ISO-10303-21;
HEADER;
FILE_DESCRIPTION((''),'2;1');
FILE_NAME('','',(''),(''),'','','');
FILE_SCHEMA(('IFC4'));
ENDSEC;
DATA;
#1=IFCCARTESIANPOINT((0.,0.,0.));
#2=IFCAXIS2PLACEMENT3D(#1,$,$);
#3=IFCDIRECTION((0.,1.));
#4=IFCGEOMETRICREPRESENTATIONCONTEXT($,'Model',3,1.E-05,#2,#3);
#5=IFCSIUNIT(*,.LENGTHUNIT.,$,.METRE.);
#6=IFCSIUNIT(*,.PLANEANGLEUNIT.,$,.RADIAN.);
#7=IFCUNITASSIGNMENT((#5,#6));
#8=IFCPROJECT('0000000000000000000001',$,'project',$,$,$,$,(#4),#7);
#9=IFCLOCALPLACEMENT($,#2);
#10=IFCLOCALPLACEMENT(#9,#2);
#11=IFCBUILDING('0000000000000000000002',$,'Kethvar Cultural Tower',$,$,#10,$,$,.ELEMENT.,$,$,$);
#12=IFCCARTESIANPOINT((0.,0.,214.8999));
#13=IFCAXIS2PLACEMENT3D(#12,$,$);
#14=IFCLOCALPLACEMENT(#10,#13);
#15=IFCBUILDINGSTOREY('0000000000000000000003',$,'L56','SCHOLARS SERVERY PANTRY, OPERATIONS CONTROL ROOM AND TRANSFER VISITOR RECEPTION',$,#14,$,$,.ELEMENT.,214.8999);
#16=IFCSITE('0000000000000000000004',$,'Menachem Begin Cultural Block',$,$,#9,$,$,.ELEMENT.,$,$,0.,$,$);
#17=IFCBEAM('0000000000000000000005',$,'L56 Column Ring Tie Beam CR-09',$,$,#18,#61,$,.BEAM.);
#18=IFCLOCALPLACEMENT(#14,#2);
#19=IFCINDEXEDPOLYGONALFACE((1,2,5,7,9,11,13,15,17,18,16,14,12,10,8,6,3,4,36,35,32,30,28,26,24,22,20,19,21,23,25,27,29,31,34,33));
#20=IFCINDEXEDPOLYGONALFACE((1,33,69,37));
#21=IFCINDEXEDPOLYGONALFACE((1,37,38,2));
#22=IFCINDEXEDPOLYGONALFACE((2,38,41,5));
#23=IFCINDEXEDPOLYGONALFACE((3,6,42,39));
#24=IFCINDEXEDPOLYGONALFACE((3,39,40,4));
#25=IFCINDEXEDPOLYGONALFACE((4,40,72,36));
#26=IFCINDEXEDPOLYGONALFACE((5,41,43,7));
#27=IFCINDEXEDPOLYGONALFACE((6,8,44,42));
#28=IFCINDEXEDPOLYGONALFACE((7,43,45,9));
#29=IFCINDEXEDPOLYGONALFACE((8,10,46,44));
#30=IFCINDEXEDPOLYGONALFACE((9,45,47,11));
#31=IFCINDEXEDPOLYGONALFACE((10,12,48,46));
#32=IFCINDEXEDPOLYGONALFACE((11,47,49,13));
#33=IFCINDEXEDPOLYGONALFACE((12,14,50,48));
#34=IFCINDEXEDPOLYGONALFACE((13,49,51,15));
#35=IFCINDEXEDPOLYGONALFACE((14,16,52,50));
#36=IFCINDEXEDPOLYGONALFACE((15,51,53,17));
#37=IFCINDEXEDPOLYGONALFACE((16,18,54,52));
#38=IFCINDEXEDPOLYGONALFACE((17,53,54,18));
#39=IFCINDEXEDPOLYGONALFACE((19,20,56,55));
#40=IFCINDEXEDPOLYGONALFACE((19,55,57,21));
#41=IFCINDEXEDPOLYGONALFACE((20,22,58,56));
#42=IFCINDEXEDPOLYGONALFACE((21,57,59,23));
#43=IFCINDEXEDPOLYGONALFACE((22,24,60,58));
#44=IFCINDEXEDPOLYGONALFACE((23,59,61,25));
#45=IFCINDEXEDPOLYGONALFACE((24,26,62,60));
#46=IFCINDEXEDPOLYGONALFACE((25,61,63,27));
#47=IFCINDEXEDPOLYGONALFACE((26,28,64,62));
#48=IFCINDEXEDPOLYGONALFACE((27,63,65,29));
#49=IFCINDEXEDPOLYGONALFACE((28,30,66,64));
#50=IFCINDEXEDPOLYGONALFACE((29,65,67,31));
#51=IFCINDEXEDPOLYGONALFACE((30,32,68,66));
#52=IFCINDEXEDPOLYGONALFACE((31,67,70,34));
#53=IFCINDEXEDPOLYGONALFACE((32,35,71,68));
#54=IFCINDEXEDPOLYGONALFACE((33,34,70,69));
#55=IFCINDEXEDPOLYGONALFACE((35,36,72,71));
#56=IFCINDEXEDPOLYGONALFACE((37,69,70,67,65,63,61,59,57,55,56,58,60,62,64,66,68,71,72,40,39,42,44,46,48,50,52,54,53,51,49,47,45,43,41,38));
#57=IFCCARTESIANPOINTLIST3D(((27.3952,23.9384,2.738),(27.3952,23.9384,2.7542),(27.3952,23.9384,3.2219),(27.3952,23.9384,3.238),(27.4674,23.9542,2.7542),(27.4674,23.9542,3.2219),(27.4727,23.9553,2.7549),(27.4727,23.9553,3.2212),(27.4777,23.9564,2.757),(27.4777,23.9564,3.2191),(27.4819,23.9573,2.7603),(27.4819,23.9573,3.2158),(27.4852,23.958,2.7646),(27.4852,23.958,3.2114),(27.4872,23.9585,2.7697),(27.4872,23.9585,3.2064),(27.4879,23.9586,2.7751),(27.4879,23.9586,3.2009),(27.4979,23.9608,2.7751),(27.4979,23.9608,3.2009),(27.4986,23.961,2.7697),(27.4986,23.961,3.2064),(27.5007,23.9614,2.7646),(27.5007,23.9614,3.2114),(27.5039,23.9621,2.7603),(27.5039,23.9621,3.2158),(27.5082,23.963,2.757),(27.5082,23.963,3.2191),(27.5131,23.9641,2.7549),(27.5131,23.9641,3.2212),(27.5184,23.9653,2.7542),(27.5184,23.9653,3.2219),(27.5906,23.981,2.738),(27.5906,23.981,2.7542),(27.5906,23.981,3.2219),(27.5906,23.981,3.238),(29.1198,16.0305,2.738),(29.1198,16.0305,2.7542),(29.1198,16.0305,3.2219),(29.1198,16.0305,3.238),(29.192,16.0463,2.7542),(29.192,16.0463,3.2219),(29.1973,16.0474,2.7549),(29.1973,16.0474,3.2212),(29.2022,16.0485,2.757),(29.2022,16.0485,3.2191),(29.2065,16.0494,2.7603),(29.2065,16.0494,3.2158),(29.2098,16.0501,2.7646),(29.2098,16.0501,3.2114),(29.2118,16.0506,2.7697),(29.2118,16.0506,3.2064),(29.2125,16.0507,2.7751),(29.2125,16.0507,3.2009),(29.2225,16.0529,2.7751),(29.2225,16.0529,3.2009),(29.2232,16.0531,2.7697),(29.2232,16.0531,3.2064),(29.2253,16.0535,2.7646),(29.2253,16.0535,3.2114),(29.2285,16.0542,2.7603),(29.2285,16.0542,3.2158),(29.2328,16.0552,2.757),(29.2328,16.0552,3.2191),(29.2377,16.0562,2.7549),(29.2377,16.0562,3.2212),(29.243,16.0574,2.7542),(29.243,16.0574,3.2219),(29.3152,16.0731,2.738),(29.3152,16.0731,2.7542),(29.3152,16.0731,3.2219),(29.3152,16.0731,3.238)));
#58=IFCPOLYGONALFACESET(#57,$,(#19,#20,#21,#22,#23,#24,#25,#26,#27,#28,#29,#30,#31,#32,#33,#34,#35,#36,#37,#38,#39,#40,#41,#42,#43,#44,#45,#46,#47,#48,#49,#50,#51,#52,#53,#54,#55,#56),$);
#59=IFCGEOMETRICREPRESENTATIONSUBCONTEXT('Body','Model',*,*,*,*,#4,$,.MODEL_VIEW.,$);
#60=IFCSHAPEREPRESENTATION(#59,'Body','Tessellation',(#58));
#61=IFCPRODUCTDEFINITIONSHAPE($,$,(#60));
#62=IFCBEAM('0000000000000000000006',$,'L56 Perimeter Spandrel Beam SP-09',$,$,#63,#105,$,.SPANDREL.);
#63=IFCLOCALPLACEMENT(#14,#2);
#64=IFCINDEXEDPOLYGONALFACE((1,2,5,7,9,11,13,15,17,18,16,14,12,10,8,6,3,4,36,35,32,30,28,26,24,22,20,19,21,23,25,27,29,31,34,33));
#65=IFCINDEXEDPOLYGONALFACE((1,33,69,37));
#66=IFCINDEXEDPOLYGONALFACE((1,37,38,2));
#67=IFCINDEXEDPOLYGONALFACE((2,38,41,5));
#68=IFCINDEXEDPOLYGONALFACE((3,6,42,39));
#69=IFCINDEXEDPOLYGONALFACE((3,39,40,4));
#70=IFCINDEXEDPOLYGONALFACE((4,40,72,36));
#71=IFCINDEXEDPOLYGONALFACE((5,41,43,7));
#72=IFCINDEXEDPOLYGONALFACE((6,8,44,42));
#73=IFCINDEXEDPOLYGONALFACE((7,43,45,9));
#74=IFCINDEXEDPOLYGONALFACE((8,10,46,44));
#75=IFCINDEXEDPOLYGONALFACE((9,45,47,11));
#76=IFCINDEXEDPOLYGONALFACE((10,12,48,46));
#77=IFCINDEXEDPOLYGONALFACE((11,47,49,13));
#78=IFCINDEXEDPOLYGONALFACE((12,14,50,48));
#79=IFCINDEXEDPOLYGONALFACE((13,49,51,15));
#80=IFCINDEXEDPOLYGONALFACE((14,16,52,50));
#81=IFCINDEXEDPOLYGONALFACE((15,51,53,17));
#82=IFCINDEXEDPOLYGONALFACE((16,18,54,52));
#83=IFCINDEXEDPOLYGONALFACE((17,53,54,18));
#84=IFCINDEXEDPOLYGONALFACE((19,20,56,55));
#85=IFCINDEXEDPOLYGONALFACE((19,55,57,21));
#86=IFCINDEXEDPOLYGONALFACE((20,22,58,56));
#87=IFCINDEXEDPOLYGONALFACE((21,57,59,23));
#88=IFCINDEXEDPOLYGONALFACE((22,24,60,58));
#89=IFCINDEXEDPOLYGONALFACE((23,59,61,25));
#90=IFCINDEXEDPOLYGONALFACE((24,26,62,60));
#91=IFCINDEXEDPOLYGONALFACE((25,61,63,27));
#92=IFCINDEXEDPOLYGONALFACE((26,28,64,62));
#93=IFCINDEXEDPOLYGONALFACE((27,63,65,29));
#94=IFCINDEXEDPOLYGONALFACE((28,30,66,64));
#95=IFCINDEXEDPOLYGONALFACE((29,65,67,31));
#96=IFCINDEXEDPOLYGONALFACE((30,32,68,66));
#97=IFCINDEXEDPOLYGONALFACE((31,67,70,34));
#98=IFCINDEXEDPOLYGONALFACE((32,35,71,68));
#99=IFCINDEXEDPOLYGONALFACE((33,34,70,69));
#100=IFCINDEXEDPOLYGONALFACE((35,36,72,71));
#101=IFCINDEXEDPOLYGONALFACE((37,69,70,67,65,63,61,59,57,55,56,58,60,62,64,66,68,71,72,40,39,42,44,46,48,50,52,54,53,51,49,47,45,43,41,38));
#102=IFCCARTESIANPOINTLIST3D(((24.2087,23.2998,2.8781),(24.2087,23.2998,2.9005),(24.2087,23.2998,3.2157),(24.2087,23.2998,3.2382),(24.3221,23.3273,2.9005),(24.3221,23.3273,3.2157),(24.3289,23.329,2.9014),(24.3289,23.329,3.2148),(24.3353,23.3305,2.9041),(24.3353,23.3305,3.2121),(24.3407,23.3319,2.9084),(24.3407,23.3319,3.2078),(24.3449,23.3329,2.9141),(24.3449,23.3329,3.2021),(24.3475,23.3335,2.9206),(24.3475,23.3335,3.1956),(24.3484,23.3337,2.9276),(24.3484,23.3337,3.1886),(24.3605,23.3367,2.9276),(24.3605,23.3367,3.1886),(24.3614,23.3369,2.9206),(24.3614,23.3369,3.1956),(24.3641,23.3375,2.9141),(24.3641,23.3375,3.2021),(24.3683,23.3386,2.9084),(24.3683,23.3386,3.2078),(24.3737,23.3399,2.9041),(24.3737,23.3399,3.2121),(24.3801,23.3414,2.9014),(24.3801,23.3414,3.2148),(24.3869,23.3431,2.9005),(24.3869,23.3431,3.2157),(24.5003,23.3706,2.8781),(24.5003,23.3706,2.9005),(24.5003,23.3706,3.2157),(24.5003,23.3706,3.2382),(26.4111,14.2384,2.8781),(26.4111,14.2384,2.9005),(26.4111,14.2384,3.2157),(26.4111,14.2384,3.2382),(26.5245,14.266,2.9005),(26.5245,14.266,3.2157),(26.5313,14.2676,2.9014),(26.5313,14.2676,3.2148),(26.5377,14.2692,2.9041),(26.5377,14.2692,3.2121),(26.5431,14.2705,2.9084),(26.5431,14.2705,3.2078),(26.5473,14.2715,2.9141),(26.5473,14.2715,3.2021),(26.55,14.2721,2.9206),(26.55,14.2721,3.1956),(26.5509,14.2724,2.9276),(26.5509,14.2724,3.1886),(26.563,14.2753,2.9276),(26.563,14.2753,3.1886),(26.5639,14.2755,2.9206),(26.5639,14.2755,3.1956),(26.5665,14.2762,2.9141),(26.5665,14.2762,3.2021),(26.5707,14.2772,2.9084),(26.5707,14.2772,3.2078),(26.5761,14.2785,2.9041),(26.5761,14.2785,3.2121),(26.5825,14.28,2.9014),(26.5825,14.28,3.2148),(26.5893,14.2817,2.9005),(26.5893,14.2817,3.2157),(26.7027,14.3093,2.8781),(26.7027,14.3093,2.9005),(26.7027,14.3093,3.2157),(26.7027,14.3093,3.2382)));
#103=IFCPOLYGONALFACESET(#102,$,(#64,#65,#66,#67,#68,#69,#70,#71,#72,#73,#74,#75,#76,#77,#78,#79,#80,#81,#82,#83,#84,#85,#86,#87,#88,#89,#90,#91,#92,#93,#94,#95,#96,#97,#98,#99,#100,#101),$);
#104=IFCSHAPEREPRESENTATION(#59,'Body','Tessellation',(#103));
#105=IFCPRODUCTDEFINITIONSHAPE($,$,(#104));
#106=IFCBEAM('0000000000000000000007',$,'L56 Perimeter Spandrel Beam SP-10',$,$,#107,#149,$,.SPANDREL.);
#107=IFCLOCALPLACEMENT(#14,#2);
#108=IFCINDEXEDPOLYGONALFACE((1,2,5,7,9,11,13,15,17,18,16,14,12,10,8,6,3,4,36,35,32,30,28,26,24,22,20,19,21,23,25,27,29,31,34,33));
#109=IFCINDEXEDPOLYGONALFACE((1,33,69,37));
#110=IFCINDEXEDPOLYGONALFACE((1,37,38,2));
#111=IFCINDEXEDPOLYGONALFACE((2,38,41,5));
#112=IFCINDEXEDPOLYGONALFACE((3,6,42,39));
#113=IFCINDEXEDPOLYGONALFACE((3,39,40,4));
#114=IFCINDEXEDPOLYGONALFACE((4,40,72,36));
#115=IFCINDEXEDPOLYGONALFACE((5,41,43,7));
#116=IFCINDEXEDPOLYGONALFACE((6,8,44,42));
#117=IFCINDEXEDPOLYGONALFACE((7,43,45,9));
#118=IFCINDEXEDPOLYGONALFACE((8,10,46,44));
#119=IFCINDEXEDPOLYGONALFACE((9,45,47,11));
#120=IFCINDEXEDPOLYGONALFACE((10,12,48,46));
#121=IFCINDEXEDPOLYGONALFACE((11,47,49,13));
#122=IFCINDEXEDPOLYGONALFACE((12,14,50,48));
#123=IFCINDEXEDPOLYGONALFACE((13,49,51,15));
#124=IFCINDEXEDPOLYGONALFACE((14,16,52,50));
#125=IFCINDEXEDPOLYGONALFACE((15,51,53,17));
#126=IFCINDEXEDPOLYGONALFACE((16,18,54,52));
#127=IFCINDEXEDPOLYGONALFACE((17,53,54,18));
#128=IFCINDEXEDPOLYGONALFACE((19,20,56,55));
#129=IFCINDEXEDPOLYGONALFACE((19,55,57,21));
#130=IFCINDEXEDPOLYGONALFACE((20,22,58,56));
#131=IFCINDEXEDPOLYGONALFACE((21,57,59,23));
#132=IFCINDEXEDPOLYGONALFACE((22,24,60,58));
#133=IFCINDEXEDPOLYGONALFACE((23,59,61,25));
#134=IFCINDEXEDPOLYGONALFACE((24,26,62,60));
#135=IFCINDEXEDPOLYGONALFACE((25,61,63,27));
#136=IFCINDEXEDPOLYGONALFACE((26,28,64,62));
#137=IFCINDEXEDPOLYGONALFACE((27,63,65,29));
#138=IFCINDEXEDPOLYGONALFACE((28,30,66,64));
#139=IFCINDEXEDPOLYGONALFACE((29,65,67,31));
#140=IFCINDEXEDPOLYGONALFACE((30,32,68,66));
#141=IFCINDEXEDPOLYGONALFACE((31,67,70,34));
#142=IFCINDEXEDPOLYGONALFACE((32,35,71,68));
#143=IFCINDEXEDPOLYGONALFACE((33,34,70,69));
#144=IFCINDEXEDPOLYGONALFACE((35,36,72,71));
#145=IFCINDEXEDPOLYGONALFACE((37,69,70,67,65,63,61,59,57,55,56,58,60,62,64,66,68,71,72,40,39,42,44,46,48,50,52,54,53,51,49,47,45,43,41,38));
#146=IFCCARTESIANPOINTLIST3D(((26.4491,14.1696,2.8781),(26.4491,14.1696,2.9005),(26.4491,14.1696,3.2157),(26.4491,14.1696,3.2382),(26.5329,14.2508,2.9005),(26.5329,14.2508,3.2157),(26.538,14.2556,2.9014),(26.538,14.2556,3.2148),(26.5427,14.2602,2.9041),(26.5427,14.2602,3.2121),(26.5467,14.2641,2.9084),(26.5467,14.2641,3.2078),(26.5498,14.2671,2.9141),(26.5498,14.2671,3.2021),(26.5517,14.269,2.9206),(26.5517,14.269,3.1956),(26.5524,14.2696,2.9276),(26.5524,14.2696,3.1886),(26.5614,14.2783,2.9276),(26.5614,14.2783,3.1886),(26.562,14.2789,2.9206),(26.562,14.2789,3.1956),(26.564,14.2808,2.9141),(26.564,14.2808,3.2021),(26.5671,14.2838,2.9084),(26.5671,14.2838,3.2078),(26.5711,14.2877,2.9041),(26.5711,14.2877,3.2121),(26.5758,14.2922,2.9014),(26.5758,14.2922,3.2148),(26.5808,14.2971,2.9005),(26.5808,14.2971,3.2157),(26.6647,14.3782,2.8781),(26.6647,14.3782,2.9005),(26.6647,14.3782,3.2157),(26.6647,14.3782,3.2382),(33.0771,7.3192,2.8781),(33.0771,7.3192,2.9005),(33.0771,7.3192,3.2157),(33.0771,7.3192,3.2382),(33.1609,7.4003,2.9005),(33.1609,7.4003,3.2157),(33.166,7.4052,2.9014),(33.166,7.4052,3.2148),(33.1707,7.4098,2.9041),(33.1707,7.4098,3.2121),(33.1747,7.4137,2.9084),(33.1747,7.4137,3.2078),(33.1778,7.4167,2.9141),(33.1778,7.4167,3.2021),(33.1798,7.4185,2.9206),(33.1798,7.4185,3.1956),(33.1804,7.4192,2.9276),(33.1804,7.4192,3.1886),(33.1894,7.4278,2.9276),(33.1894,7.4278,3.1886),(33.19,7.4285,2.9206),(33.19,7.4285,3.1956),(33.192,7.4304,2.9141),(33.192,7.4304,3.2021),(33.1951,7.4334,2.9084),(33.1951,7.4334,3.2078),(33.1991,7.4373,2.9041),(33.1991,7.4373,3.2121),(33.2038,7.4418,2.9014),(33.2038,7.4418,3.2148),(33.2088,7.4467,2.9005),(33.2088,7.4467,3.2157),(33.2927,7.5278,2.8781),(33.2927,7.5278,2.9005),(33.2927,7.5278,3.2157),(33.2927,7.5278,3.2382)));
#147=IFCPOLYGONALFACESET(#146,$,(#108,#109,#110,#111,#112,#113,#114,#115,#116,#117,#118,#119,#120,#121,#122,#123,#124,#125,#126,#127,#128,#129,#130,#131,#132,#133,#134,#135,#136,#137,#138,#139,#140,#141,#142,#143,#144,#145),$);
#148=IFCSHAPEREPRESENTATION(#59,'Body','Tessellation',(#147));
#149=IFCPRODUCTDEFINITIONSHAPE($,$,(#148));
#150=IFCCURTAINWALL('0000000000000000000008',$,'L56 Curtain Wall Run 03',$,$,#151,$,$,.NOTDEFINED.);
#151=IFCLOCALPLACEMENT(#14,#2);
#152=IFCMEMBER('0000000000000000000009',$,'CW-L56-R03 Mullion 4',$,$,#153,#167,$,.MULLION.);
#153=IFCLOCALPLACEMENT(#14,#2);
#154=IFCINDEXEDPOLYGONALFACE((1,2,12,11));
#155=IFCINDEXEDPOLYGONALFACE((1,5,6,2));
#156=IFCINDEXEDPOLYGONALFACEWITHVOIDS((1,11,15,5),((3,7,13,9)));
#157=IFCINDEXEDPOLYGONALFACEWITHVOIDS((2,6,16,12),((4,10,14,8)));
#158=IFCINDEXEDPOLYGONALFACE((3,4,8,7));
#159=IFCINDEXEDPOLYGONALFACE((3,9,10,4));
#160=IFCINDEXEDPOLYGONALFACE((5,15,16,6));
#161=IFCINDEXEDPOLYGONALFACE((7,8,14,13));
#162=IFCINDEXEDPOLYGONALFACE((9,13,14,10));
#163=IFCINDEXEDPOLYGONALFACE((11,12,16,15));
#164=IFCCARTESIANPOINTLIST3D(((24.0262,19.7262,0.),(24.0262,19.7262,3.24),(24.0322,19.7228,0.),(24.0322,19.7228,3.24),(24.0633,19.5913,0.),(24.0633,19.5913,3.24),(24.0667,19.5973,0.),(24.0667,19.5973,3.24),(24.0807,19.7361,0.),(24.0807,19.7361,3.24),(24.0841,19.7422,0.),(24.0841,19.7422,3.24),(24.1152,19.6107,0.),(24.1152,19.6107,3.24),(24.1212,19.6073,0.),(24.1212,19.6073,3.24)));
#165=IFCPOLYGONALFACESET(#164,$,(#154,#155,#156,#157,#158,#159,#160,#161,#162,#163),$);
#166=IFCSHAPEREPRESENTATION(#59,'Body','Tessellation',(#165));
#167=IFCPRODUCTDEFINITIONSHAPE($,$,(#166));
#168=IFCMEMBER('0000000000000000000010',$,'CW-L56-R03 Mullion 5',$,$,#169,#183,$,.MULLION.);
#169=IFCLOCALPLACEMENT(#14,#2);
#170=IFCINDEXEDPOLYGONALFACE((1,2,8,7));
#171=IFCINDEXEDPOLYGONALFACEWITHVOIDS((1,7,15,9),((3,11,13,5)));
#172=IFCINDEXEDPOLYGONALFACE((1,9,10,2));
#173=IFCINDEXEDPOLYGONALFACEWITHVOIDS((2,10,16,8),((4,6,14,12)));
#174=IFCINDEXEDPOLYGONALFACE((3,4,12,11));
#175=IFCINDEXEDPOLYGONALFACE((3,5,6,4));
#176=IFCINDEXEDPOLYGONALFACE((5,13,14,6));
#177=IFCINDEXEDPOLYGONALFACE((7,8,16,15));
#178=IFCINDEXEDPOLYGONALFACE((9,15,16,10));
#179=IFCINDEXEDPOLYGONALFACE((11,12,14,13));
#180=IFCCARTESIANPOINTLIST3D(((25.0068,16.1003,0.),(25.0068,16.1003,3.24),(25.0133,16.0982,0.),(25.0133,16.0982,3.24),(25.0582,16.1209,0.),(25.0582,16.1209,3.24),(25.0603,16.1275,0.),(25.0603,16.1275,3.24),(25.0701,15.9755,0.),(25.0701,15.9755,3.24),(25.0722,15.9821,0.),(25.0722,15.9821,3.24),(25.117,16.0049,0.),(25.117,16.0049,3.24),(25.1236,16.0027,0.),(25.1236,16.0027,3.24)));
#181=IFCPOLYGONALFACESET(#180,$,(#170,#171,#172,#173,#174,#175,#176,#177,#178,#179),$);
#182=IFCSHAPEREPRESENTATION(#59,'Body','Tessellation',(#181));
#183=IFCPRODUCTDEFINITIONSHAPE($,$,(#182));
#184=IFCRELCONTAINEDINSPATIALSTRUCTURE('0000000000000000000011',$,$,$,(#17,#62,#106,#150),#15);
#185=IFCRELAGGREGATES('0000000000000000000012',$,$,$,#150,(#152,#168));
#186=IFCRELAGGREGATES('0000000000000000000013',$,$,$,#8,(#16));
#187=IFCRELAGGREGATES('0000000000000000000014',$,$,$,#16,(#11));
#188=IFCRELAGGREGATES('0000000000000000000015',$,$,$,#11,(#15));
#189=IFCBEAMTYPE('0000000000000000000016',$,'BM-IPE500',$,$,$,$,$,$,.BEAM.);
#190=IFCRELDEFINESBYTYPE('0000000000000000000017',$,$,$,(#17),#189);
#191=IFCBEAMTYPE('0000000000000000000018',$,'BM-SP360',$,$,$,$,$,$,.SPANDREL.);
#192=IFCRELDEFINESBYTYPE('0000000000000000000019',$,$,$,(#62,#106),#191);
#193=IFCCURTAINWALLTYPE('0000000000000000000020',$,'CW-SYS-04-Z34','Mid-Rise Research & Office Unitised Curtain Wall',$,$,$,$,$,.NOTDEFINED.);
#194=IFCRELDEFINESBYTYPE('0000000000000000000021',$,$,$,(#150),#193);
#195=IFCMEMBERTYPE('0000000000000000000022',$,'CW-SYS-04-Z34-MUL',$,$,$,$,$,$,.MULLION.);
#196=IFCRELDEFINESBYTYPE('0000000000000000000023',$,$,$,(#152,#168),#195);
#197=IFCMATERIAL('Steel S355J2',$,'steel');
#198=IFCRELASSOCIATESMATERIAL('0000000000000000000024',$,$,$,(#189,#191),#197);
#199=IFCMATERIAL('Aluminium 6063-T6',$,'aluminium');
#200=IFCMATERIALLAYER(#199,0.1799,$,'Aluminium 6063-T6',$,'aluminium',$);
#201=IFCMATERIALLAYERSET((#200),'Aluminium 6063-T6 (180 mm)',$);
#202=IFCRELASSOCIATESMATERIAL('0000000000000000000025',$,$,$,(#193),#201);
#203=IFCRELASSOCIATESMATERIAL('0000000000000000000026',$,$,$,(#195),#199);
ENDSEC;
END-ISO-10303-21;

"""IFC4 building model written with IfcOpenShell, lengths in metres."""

from ifc_helpers import new_model, si_unit, direction, frame, origin, origin_2d, place, context, subcontext, project, spatial, hollow_rectangle, i_section, extrude, source, transform, mapped, material, layer, layer_set, material_profile, profile_set, type_object, element, aggregate, save


model = new_model("IFC4")

# Units and contexts
model_context = context("Model", 3, precision=1e-05, world=origin(), true_north=direction((0.0, 1.0)))
body_context = subcontext(model_context, "Body", "Model", "MODEL_VIEW")
ifc_project = project(units=[si_unit("LENGTHUNIT", "METRE"), si_unit("PLANEANGLEUNIT", "RADIAN")], contexts=[model_context])

# Site, building, storey
site_placement = place(None, origin())
site = spatial("IfcSite", under=ifc_project, at=site_placement, Name="Menachem Begin Cultural Block", CompositionType="ELEMENT", RefElevation=0.0)
building_placement = place(site_placement, origin())
building = spatial("IfcBuilding", under=site, at=building_placement, Name="Kethvar Cultural Tower", CompositionType="ELEMENT")
storey_placement = place(building_placement, frame((0.0, 0.0, 214.8999)))
storey = spatial("IfcBuildingStorey", under=building, at=storey_placement, Name="L56", Description="SCHOLARS SERVERY PANTRY, OPERATIONS CONTROL ROOM AND TRANSFER VISITOR RECEPTION", CompositionType="ELEMENT", Elevation=214.8999)

# Beams
ifc_material_1 = material(Name="Steel S355J2", Category="steel")
ifc_material_profile_1 = material_profile(ifc_material_1, i_section(OverallWidth=0.2, OverallDepth=0.5, WebThickness=0.0103, FlangeThickness=0.0161, FilletRadius=0.021, at=origin_2d()), Name="Steel S355J2 — IPE500")
ifc_profile_set_1 = profile_set([ifc_material_profile_1], Name="Steel S355J2 — IPE500")
beam_type_1 = type_object("IfcBeamType", Name="BM-IPE500", PredefinedType="BEAM", material=ifc_profile_set_1)
shared_shape_1 = source(origin(), body_context, "Body", "SweptSolid", [
    extrude(i_section(OverallWidth=0.2, OverallDepth=0.5, WebThickness=0.0103, FlangeThickness=0.0161, FilletRadius=0.021, at=origin_2d()), origin(), (0.0, 0.0, 1.0), 8.0938),
])
beam_1_placement = place(storey_placement, frame((27.4929, 23.9597, 2.988), z_axis=(0.213077, -0.977035, 0.0), x_axis=(0.977035, 0.213077, 0.0)))
element("IfcBeam", 1, at=beam_1_placement, inside=storey, type_object=beam_type_1, Name="L56 Column Ring Tie Beam CR-09", PredefinedType="BEAM", context=body_context, shape_type="MappedRepresentation", body=[
    mapped(shared_shape_1, transform((0.0, 0.0, 0.0), scale=1.0)),
])
ifc_material_profile_2 = material_profile(ifc_material_1, i_section(OverallWidth=0.3, OverallDepth=0.3601, WebThickness=0.0125, FlangeThickness=0.0225, FilletRadius=0.0271, at=origin_2d()), Name="Steel S355J2 — HEB360")
ifc_profile_set_2 = profile_set([ifc_material_profile_2], Name="Steel S355J2 — HEB360")
beam_type_2 = type_object("IfcBeamType", Name="BM-SP360", PredefinedType="SPANDREL", material=ifc_profile_set_2)
shared_shape_2 = source(origin(), body_context, "Body", "SweptSolid", [
    extrude(i_section(OverallWidth=0.3, OverallDepth=0.3601, WebThickness=0.0125, FlangeThickness=0.0225, FilletRadius=0.0271, at=origin_2d()), origin(), (0.0, 0.0, 1.0), 9.3252),
])
beam_2_placement = place(storey_placement, frame((24.3545, 23.3352, 3.0581), z_axis=(0.236179, -0.97171, 0.0), x_axis=(0.97171, 0.236179, 0.0)))
element("IfcBeam", 2, at=beam_2_placement, inside=storey, type_object=beam_type_2, Name="L56 Perimeter Spandrel Beam SP-09", PredefinedType="SPANDREL", context=body_context, shape_type="MappedRepresentation", body=[
    mapped(shared_shape_2, transform((0.0, 0.0, 0.0), scale=1.0)),
])
shared_shape_3 = source(origin(), body_context, "Body", "SweptSolid", [
    extrude(i_section(OverallWidth=0.3, OverallDepth=0.3601, WebThickness=0.0125, FlangeThickness=0.0225, FilletRadius=0.0271, at=origin_2d()), origin(), (0.0, 0.0, 1.0), 9.532),
])
beam_3_placement = place(storey_placement, frame((26.5569, 14.2739, 3.0581), z_axis=(0.695344, -0.718677, 0.0), x_axis=(0.718677, 0.695344, 0.0)))
element("IfcBeam", 3, at=beam_3_placement, inside=storey, type_object=beam_type_2, Name="L56 Perimeter Spandrel Beam SP-10", PredefinedType="SPANDREL", context=body_context, shape_type="MappedRepresentation", body=[
    mapped(shared_shape_3, transform((0.0, 0.0, 0.0), scale=1.0)),
])

# Curtain wall, members
ifc_material_2 = material(Name="Aluminium 6063-T6", Category="aluminium")
ifc_layer_1 = layer(ifc_material_2, 0.1799, Name="Aluminium 6063-T6", Category="aluminium")
ifc_layer_set_1 = layer_set([ifc_layer_1], Name="Aluminium 6063-T6 (180 mm)")
curtain_wall_type = type_object("IfcCurtainWallType", Name="CW-SYS-04-Z34", Description="Mid-Rise Research & Office Unitised Curtain Wall", PredefinedType="NOTDEFINED", material=ifc_layer_set_1)
curtain_wall_1_placement = place(storey_placement, origin())
curtain_wall_1 = element("IfcCurtainWall", 4, at=curtain_wall_1_placement, inside=storey, type_object=curtain_wall_type, Name="L56 Curtain Wall Run 03", PredefinedType="NOTDEFINED")
ifc_material_profile_3 = material_profile(ifc_material_2, hollow_rectangle(XDim=0.0601, YDim=0.1399, WallThickness=0.0049, at=origin_2d()), Name="Aluminium 6063-T6 — RHS140x60x5")
ifc_profile_set_3 = profile_set([ifc_material_profile_3], Name="Aluminium 6063-T6 — RHS140x60x5")
member_type_1 = type_object("IfcMemberType", Name="CW-SYS-04-Z34-MUL", PredefinedType="MULLION", material=ifc_profile_set_3)
shared_shape_4 = source(origin(), body_context, "Body", "SweptSolid", [
    extrude(hollow_rectangle(XDim=0.0601, YDim=0.1399, WallThickness=0.0049, at=origin_2d()), origin(), (0.0, 0.0, 1.0), 3.24),
])
member_1_placement = place(storey_placement, frame((24.0737, 19.6667, 0.0), z_axis=(0.0, 0.0, 1.0), x_axis=(0.964244, 0.265018, 0.0)))
member_1 = element("IfcMember", 5, at=member_1_placement, type_object=member_type_1, Name="CW-L56-R03 Mullion 4", PredefinedType="MULLION", context=body_context, shape_type="MappedRepresentation", body=[
    mapped(shared_shape_4, transform((0.0, 0.0, 0.0), scale=1.0)),
])
member_2_placement = place(storey_placement, frame((25.0652, 16.0515, 0.0), z_axis=(0.0, 0.0, 1.0), x_axis=(0.891805, 0.452419, 0.0)))
member_2 = element("IfcMember", 6, at=member_2_placement, type_object=member_type_1, Name="CW-L56-R03 Mullion 5", PredefinedType="MULLION", context=body_context, shape_type="MappedRepresentation", body=[
    mapped(shared_shape_4, transform((0.0, 0.0, 0.0), scale=1.0)),
])

aggregate(curtain_wall_1, [member_1, member_2])

save(model, "model.ifc")
